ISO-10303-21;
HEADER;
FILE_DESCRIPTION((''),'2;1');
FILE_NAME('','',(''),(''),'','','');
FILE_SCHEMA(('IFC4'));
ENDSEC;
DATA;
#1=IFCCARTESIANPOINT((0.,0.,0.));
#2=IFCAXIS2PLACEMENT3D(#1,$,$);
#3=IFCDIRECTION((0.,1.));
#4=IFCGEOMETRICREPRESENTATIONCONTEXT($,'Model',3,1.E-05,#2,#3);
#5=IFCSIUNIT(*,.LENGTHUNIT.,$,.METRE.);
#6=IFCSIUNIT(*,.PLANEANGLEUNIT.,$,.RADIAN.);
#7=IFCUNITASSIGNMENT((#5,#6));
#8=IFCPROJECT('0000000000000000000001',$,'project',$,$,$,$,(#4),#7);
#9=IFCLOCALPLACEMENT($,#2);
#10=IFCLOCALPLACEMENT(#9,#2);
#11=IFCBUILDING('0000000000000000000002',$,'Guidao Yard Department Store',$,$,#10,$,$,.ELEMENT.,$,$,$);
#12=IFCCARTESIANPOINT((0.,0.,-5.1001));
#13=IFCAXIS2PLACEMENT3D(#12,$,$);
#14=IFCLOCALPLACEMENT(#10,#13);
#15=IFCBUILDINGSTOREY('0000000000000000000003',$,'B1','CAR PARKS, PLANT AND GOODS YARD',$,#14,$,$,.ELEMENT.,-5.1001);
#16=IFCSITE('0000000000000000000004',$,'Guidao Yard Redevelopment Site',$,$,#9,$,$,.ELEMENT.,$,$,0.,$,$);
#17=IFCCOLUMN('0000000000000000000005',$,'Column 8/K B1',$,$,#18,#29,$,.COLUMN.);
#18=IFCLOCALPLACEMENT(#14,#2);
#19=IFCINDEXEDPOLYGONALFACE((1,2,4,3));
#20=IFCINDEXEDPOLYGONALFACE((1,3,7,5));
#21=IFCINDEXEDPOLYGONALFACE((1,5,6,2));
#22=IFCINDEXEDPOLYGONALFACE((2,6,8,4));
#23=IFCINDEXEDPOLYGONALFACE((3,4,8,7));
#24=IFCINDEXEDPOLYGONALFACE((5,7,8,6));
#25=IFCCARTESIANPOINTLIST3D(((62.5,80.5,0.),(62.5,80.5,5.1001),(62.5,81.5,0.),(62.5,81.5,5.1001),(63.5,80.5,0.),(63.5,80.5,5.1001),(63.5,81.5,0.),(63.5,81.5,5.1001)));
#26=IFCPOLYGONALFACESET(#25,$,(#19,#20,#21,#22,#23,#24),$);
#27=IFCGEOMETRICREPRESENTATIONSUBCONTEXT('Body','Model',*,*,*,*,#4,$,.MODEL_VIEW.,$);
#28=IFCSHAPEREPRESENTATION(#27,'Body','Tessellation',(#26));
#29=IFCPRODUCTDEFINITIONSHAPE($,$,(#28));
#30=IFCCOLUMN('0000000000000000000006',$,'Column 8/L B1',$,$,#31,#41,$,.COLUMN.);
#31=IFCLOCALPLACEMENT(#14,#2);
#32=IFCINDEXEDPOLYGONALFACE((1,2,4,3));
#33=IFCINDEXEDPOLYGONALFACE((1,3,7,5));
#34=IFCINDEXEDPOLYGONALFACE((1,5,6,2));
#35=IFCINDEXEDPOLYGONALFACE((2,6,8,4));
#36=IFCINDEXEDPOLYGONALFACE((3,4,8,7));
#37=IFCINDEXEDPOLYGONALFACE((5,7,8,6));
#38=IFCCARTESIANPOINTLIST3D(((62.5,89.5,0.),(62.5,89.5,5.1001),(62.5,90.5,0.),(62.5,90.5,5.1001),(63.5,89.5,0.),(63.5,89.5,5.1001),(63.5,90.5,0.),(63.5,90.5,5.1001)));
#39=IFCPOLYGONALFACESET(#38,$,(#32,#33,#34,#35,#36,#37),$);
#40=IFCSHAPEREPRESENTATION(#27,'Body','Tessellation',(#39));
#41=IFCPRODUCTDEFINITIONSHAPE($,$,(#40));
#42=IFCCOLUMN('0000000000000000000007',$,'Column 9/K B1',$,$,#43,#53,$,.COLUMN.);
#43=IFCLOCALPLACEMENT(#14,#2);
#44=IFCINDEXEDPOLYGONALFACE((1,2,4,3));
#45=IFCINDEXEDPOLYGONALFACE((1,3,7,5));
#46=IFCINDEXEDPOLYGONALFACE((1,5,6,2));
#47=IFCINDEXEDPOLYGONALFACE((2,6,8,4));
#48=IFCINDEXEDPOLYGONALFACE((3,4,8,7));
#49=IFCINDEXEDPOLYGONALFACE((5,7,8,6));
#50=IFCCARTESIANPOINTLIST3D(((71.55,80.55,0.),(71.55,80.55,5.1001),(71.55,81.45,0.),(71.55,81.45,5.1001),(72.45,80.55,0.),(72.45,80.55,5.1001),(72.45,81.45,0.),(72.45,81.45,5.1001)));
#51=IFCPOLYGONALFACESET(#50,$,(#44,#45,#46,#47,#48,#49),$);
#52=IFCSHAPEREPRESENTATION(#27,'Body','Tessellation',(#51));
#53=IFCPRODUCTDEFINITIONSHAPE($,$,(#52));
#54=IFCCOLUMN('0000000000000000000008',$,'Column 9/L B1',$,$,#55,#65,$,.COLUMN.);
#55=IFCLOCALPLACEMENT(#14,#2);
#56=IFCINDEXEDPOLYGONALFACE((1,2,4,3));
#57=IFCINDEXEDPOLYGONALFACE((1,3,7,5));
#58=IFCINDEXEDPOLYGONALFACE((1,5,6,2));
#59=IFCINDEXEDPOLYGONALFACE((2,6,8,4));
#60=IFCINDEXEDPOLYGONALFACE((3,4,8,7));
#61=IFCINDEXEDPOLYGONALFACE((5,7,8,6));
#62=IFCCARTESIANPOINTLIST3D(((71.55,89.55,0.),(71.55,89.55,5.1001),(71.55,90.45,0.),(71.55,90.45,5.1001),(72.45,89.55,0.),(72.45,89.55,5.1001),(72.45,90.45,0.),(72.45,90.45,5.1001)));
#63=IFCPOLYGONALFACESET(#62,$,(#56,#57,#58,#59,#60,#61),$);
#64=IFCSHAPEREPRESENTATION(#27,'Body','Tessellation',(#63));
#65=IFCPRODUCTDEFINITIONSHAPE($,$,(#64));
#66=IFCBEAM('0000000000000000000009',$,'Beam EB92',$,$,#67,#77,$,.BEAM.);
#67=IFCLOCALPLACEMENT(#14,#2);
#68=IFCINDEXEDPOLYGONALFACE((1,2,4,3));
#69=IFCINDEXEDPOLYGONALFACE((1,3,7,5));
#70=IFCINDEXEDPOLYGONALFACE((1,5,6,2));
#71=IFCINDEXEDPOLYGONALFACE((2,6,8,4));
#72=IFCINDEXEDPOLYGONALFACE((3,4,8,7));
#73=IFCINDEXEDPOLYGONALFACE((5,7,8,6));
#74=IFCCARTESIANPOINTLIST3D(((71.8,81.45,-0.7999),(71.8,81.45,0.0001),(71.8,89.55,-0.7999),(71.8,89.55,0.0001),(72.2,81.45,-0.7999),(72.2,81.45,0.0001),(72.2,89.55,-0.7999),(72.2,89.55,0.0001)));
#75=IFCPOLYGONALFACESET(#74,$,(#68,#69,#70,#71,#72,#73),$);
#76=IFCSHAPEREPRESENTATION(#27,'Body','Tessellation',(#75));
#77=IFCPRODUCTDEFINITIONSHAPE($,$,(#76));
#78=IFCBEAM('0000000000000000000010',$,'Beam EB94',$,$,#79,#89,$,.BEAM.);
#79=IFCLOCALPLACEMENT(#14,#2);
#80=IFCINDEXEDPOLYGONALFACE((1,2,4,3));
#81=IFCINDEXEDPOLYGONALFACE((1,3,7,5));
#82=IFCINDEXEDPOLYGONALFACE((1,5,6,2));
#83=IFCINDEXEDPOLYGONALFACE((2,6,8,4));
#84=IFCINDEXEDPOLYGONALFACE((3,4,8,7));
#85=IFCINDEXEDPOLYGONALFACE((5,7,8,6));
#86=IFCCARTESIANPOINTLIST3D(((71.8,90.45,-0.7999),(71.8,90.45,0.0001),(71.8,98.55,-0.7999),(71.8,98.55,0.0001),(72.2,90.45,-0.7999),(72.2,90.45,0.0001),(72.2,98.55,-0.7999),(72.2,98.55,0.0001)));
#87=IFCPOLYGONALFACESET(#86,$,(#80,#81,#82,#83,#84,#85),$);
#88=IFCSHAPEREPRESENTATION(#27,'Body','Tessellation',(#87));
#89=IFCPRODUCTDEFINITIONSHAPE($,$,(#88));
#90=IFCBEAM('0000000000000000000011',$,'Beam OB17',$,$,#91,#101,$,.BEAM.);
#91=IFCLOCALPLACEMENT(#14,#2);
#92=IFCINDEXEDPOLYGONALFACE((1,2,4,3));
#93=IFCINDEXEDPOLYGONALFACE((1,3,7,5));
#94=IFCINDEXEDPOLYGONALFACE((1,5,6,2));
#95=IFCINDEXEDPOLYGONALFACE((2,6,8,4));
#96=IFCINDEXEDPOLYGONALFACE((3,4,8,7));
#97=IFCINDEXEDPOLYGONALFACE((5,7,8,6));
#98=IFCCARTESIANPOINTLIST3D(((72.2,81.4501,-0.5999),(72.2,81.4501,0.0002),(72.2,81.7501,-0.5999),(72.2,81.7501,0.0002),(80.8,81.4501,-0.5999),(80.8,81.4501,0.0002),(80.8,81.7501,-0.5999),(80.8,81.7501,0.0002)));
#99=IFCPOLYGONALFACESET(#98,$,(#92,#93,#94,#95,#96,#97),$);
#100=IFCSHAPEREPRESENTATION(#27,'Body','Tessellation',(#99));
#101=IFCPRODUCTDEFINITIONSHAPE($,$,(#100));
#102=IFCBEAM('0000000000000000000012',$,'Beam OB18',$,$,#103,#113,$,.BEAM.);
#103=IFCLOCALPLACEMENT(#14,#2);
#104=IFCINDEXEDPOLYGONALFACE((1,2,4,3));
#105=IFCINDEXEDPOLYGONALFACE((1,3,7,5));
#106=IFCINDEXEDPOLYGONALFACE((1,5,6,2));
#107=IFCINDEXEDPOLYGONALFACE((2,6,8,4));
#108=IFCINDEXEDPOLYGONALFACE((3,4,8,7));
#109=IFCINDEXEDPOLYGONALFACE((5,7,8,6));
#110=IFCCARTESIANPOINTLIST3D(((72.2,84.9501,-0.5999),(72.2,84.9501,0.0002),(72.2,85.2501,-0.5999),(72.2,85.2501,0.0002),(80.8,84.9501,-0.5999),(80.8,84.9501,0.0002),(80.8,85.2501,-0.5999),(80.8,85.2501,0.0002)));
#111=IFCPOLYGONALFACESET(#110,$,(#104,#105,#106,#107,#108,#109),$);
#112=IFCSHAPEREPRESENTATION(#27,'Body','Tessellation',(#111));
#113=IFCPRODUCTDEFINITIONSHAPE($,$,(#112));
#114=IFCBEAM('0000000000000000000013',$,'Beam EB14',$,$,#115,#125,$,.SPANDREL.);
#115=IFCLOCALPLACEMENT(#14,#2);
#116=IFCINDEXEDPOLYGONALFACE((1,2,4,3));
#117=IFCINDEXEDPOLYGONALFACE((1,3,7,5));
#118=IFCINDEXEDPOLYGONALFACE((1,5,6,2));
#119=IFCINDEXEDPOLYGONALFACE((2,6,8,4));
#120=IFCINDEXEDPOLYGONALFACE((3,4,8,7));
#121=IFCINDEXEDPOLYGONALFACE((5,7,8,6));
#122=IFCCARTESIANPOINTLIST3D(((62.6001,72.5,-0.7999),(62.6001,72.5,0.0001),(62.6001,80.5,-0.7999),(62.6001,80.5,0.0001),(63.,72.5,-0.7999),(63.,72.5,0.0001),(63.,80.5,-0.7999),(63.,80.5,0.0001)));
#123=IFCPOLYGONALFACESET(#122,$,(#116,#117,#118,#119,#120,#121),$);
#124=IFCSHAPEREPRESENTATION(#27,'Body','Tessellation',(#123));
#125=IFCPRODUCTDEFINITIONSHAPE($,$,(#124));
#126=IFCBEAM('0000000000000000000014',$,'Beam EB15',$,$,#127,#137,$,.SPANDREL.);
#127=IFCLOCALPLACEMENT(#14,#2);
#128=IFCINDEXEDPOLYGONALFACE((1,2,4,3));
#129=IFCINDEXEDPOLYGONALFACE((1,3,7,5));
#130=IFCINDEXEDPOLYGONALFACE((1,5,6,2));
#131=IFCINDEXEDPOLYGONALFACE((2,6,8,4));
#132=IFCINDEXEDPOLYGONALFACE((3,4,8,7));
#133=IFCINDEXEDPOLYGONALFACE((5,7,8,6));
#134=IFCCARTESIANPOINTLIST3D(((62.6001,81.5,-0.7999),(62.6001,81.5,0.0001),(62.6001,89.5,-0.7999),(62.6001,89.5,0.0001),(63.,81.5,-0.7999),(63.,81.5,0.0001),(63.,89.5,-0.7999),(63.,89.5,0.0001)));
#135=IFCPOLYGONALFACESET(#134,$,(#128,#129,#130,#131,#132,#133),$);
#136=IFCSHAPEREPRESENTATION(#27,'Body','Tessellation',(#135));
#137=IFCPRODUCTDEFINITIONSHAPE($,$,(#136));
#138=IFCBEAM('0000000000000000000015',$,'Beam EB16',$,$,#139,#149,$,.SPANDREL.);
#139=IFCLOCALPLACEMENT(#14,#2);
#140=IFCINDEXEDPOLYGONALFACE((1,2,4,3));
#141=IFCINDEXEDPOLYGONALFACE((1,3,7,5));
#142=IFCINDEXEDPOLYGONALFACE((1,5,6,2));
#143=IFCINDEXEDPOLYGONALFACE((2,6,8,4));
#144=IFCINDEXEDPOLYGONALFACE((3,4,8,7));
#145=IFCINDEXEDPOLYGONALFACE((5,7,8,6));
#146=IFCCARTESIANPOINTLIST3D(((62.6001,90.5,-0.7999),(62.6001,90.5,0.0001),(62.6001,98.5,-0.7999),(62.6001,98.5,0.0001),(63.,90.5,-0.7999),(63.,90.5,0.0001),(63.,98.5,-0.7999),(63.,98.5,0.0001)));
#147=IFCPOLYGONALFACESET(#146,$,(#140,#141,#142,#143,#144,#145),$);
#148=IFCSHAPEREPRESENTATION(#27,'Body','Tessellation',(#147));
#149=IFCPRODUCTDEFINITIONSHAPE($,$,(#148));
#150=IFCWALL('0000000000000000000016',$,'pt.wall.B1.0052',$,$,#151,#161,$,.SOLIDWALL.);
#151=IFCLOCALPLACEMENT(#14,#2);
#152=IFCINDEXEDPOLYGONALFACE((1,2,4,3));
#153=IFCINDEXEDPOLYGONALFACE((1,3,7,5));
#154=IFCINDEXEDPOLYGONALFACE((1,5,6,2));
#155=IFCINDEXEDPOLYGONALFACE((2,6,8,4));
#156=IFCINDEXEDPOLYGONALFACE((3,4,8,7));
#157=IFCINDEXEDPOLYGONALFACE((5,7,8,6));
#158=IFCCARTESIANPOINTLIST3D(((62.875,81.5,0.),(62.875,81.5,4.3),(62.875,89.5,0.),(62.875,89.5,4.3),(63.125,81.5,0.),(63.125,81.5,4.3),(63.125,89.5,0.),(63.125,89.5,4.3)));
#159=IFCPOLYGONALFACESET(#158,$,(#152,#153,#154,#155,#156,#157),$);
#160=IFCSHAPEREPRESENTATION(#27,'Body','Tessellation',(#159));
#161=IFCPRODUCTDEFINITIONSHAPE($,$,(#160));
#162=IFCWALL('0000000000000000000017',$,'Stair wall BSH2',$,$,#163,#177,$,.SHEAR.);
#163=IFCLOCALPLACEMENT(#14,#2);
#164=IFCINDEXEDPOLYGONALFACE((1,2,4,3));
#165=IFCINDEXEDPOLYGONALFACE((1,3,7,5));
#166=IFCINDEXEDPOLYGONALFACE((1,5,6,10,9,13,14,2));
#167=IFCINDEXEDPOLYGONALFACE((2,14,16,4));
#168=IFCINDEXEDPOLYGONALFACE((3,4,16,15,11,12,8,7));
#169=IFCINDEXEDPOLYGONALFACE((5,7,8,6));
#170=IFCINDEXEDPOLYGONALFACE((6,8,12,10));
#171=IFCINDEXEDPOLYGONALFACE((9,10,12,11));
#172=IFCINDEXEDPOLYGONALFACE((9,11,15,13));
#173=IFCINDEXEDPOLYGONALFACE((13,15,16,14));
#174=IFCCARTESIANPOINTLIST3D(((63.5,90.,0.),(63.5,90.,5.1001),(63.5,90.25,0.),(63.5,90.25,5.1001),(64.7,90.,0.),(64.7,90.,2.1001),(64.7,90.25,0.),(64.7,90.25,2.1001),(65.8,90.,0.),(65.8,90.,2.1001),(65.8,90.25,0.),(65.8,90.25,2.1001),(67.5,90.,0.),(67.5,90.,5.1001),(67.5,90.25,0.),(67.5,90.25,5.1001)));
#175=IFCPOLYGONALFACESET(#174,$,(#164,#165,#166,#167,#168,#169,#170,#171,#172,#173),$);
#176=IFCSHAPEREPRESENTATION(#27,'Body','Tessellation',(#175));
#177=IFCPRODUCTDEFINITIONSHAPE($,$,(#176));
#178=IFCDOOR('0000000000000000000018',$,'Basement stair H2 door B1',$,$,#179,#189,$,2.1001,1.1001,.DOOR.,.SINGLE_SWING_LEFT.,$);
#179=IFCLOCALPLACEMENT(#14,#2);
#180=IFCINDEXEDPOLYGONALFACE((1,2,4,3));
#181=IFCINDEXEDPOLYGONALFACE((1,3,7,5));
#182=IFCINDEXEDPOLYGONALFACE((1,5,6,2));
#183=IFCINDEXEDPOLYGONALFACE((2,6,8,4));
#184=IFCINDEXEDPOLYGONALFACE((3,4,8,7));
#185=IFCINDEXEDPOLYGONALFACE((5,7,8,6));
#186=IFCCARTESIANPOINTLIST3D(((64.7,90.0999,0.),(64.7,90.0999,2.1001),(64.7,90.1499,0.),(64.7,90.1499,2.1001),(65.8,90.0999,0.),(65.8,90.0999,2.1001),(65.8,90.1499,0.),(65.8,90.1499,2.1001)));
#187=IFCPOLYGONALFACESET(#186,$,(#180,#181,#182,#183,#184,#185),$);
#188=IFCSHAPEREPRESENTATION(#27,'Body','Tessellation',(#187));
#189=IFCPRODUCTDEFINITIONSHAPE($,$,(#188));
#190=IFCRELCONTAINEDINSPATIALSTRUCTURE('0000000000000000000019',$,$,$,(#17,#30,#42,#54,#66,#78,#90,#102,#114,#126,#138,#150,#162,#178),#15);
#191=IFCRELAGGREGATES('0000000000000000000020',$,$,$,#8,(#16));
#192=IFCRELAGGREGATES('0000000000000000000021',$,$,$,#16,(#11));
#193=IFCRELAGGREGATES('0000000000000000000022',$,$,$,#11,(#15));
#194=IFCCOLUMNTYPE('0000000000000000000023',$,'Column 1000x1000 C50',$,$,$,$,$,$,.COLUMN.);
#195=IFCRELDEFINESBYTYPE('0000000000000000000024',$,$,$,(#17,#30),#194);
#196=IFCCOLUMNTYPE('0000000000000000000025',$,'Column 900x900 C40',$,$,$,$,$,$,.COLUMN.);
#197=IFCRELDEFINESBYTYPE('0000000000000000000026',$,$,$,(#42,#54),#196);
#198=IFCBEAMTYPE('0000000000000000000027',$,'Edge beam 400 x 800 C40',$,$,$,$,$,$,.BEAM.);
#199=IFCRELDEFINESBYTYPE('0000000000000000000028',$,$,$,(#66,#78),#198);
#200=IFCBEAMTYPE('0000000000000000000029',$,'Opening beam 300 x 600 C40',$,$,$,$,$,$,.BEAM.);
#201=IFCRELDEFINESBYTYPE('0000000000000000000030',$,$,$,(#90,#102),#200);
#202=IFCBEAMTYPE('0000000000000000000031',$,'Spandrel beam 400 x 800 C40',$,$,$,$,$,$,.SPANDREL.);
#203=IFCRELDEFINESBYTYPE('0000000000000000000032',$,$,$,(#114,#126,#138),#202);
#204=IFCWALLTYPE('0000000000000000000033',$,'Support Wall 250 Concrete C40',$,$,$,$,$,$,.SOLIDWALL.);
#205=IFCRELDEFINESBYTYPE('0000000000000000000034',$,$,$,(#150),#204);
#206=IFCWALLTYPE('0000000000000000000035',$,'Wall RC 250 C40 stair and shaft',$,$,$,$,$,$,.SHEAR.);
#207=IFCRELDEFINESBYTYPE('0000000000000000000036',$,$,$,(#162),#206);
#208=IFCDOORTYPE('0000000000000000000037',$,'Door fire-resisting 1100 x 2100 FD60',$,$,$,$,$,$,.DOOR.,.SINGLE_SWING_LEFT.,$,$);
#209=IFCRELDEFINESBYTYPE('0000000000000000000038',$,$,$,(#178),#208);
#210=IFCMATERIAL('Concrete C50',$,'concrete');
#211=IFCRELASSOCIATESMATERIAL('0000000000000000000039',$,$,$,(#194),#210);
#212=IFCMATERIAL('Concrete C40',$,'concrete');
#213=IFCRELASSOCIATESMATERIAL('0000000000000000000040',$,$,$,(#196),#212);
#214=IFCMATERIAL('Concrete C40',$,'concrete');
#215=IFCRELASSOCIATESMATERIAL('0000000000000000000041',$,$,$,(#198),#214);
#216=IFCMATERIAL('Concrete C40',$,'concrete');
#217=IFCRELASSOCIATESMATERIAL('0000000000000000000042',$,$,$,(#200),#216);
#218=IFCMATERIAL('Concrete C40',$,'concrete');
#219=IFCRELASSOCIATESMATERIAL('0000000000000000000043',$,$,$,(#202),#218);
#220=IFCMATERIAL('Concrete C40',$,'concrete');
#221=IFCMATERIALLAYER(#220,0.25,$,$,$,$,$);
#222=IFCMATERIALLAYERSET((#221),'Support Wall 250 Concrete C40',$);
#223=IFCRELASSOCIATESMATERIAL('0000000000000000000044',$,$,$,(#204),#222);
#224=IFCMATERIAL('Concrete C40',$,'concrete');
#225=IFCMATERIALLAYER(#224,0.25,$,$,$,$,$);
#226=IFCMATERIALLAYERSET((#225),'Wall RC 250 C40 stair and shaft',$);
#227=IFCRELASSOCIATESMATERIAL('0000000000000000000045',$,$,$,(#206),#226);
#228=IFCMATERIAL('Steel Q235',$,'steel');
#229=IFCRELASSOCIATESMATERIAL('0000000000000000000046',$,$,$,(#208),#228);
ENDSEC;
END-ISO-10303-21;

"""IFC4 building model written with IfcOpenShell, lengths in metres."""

from ifc_helpers import new_model, si_unit, direction, frame, frame_2d, origin, origin_2d, place, context, subcontext, project, spatial, rectangle, extrude, material, layer, layer_set, material_profile, profile_set, type_object, element, fill, save


model = new_model("IFC4")

# Units and contexts
model_context = context("Model", 3, precision=1e-05, world=origin(), true_north=direction((0.0, 1.0)))
body_context = subcontext(model_context, "Body", "Model", "MODEL_VIEW")
ifc_project = project(units=[si_unit("LENGTHUNIT", "METRE"), si_unit("PLANEANGLEUNIT", "RADIAN")], contexts=[model_context])

# Site, building, storey
site_placement = place(None, origin())
site = spatial("IfcSite", under=ifc_project, at=site_placement, Name="Guidao Yard Redevelopment Site", CompositionType="ELEMENT", RefElevation=0.0)
building_placement = place(site_placement, origin())
building = spatial("IfcBuilding", under=site, at=building_placement, Name="Guidao Yard Department Store", CompositionType="ELEMENT")
storey_placement = place(building_placement, frame((0.0, 0.0, -5.1001)))
storey = spatial("IfcBuildingStorey", under=building, at=storey_placement, Name="B1", Description="CAR PARKS, PLANT AND GOODS YARD", CompositionType="ELEMENT", Elevation=-5.1001)

# Columns
ifc_material_1 = material(Name="Concrete C50", Category="concrete")
ifc_material_profile_1 = material_profile(ifc_material_1, rectangle(XDim=1.0, YDim=1.0, at=origin_2d()), Name="COL 1000x1000")
ifc_profile_set_1 = profile_set([ifc_material_profile_1], Name="Concrete C50")
column_type_1 = type_object("IfcColumnType", Name="Column 1000x1000 C50", PredefinedType="COLUMN", material=ifc_profile_set_1)
for number, where, z_axis, x_axis, name in (
    (1, (63.0, 81.0, 0.0), (0.0, 0.0, 1.0), (1.0, 0.0, 0.0), "Column 8/K B1"),
    (2, (63.0, 90.0, 0.0), (0.0, 0.0, 1.0), (1.0, 0.0, 0.0), "Column 8/L B1"),
):
    element("IfcColumn", number, at=place(storey_placement, frame(where, z_axis=z_axis, x_axis=x_axis)), inside=storey, type_object=column_type_1, Name=name, PredefinedType="COLUMN", context=body_context, shape_type="SweptSolid", body=[
        extrude(rectangle(XDim=1.0, YDim=1.0, at=origin_2d()), origin(), (0.0, 0.0, 1.0), 5.1001),
    ])
ifc_material_2 = material(Name="Concrete C40", Category="concrete")
ifc_material_profile_2 = material_profile(ifc_material_2, rectangle(XDim=0.8999, YDim=0.8999, at=origin_2d()), Name="COL 900x900")
ifc_profile_set_2 = profile_set([ifc_material_profile_2], Name="Concrete C40")
column_type_2 = type_object("IfcColumnType", Name="Column 900x900 C40", PredefinedType="COLUMN", material=ifc_profile_set_2)
for number, where, z_axis, x_axis, name in (
    (3, (72.0, 81.0, 0.0), (0.0, 0.0, 1.0), (1.0, 0.0, 0.0), "Column 9/K B1"),
    (4, (72.0, 90.0, 0.0), (0.0, 0.0, 1.0), (1.0, 0.0, 0.0), "Column 9/L B1"),
):
    element("IfcColumn", number, at=place(storey_placement, frame(where, z_axis=z_axis, x_axis=x_axis)), inside=storey, type_object=column_type_2, Name=name, PredefinedType="COLUMN", context=body_context, shape_type="SweptSolid", body=[
        extrude(rectangle(XDim=0.8999, YDim=0.8999, at=origin_2d()), origin(), (0.0, 0.0, 1.0), 5.1001),
    ])

# Beams
ifc_material_3 = material(Name="Concrete C40", Category="concrete")
ifc_material_profile_3 = material_profile(ifc_material_3, rectangle(XDim=0.3999, YDim=0.8, at=origin_2d()), Name="Edge beam 400 x 800 C40")
ifc_profile_set_3 = profile_set([ifc_material_profile_3], Name="Concrete C40")
beam_type_1 = type_object("IfcBeamType", Name="Edge beam 400 x 800 C40", PredefinedType="BEAM", material=ifc_profile_set_3)
for number, where, z_axis, x_axis, name in (
    (5, (72.0, 81.45, -0.3999), (0.0, 1.0, 0.0), (-1.0, 0.0, 0.0), "Beam EB92"),
    (6, (72.0, 90.45, -0.3999), (0.0, 1.0, 0.0), (-1.0, 0.0, 0.0), "Beam EB94"),
):
    element("IfcBeam", number, at=place(storey_placement, frame(where, z_axis=z_axis, x_axis=x_axis)), inside=storey, type_object=beam_type_1, Name=name, PredefinedType="BEAM", context=body_context, shape_type="SweptSolid", body=[
        extrude(rectangle(XDim=0.3999, YDim=0.8, at=origin_2d()), origin(), (0.0, 0.0, 1.0), 8.1001),
    ])
ifc_material_4 = material(Name="Concrete C40", Category="concrete")
ifc_material_profile_4 = material_profile(ifc_material_4, rectangle(XDim=0.3, YDim=0.6001, at=origin_2d()), Name="Opening beam 300 x 600 C40")
ifc_profile_set_4 = profile_set([ifc_material_profile_4], Name="Concrete C40")
beam_type_2 = type_object("IfcBeamType", Name="Opening beam 300 x 600 C40", PredefinedType="BEAM", material=ifc_profile_set_4)
for number, where, z_axis, x_axis, name in (
    (7, (72.2, 81.6001, -0.2998), (1.0, 0.0, 0.0), (0.0, 1.0, 0.0), "Beam OB17"),
    (8, (72.2, 85.1001, -0.2998), (1.0, 0.0, 0.0), (0.0, 1.0, 0.0), "Beam OB18"),
):
    element("IfcBeam", number, at=place(storey_placement, frame(where, z_axis=z_axis, x_axis=x_axis)), inside=storey, type_object=beam_type_2, Name=name, PredefinedType="BEAM", context=body_context, shape_type="SweptSolid", body=[
        extrude(rectangle(XDim=0.3, YDim=0.6001, at=origin_2d()), origin(), (0.0, 0.0, 1.0), 8.6001),
    ])
ifc_material_5 = material(Name="Concrete C40", Category="concrete")
ifc_material_profile_5 = material_profile(ifc_material_5, rectangle(XDim=0.3999, YDim=0.8, at=origin_2d()), Name="Spandrel beam 400 x 800 C40")
ifc_profile_set_5 = profile_set([ifc_material_profile_5], Name="Concrete C40")
beam_type_3 = type_object("IfcBeamType", Name="Spandrel beam 400 x 800 C40", PredefinedType="SPANDREL", material=ifc_profile_set_5)
for number, where, z_axis, x_axis, name in (
    (9, (62.8, 72.5, -0.3999), (0.0, 1.0, 0.0), (-1.0, 0.0, 0.0), "Beam EB14"),
    (10, (62.8, 81.5, -0.3999), (0.0, 1.0, 0.0), (-1.0, 0.0, 0.0), "Beam EB15"),
    (11, (62.8, 90.5, -0.3999), (0.0, 1.0, 0.0), (-1.0, 0.0, 0.0), "Beam EB16"),
):
    element("IfcBeam", number, at=place(storey_placement, frame(where, z_axis=z_axis, x_axis=x_axis)), inside=storey, type_object=beam_type_3, Name=name, PredefinedType="SPANDREL", context=body_context, shape_type="SweptSolid", body=[
        extrude(rectangle(XDim=0.3999, YDim=0.8, at=origin_2d()), origin(), (0.0, 0.0, 1.0), 8.0),
    ])

# Wall
ifc_material_6 = material(Name="Concrete C40", Category="concrete")
ifc_layer_1 = layer(ifc_material_6, 0.25)
ifc_layer_set_1 = layer_set([ifc_layer_1], Name="Support Wall 250 Concrete C40")
wall_type_1 = type_object("IfcWallType", Name="Support Wall 250 Concrete C40", PredefinedType="SOLIDWALL", material=ifc_layer_set_1)
wall_1_placement = place(storey_placement, frame((63.0, 81.5, 0.0), z_axis=(0.0, 0.0, 1.0), x_axis=(0.0, 1.0, 0.0)))
element("IfcWall", 12, at=wall_1_placement, inside=storey, type_object=wall_type_1, Name="pt.wall.B1.0052", PredefinedType="SOLIDWALL", context=body_context, shape_type="SweptSolid", body=[
    extrude(rectangle(XDim=8.0, YDim=0.25, at=frame_2d((4.0, 0.0))), origin(), (0.0, 0.0, 1.0), 4.3),
])

# Wall, opening, door
ifc_material_7 = material(Name="Concrete C40", Category="concrete")
ifc_layer_2 = layer(ifc_material_7, 0.25)
ifc_layer_set_2 = layer_set([ifc_layer_2], Name="Wall RC 250 C40 stair and shaft")
wall_type_2 = type_object("IfcWallType", Name="Wall RC 250 C40 stair and shaft", PredefinedType="SHEAR", material=ifc_layer_set_2)
wall_2_placement = place(storey_placement, frame((63.5, 90.125, 0.0), z_axis=(0.0, 0.0, 1.0), x_axis=(1.0, 0.0, 0.0)))
wall_2 = element("IfcWall", 13, at=wall_2_placement, inside=storey, type_object=wall_type_2, Name="Stair wall BSH2", PredefinedType="SHEAR", context=body_context, shape_type="SweptSolid", body=[
    extrude(rectangle(XDim=4.0, YDim=0.25, at=frame_2d((2.0, 0.0))), origin(), (0.0, 0.0, 1.0), 5.1001),
])
opening_1_placement = place(wall_2_placement, frame((1.2, 0.0, 0.0)))
opening_1 = element("IfcOpeningElement", 14, at=opening_1_placement, cuts=wall_2, PredefinedType="OPENING", context=body_context, shape_type="SweptSolid", body=[
    extrude(rectangle(XDim=1.1001, YDim=2.1001, at=frame_2d((0.55, 1.05))), frame((0.0, 0.135, 0.0), z_axis=(0.0, -1.0, 0.0), x_axis=(1.0, 0.0, 0.0)), (0.0, 0.0, 1.0), 0.27),
])
ifc_material_8 = material(Name="Steel Q235", Category="steel")
door_type_1 = type_object("IfcDoorType", Name="Door fire-resisting 1100 x 2100 FD60", OperationType="SINGLE_SWING_LEFT", PredefinedType="DOOR", material=ifc_material_8)
door_1_placement = place(opening_1_placement, origin())
door_1 = element("IfcDoor", 15, at=door_1_placement, inside=storey, type_object=door_type_1, Name="Basement stair H2 door B1", OperationType="SINGLE_SWING_LEFT", OverallHeight=2.1001, OverallWidth=1.1001, PredefinedType="DOOR", context=body_context, shape_type="SweptSolid", body=[
    extrude(rectangle(XDim=1.1001, YDim=2.1001, at=frame_2d((0.55, 1.05))), frame((0.0, 0.0249, 0.0), z_axis=(0.0, -1.0, 0.0), x_axis=(1.0, 0.0, 0.0)), (0.0, 0.0, 1.0), 0.05),
])
fill(opening_1, door_1)

save(model, "model.ifc")
